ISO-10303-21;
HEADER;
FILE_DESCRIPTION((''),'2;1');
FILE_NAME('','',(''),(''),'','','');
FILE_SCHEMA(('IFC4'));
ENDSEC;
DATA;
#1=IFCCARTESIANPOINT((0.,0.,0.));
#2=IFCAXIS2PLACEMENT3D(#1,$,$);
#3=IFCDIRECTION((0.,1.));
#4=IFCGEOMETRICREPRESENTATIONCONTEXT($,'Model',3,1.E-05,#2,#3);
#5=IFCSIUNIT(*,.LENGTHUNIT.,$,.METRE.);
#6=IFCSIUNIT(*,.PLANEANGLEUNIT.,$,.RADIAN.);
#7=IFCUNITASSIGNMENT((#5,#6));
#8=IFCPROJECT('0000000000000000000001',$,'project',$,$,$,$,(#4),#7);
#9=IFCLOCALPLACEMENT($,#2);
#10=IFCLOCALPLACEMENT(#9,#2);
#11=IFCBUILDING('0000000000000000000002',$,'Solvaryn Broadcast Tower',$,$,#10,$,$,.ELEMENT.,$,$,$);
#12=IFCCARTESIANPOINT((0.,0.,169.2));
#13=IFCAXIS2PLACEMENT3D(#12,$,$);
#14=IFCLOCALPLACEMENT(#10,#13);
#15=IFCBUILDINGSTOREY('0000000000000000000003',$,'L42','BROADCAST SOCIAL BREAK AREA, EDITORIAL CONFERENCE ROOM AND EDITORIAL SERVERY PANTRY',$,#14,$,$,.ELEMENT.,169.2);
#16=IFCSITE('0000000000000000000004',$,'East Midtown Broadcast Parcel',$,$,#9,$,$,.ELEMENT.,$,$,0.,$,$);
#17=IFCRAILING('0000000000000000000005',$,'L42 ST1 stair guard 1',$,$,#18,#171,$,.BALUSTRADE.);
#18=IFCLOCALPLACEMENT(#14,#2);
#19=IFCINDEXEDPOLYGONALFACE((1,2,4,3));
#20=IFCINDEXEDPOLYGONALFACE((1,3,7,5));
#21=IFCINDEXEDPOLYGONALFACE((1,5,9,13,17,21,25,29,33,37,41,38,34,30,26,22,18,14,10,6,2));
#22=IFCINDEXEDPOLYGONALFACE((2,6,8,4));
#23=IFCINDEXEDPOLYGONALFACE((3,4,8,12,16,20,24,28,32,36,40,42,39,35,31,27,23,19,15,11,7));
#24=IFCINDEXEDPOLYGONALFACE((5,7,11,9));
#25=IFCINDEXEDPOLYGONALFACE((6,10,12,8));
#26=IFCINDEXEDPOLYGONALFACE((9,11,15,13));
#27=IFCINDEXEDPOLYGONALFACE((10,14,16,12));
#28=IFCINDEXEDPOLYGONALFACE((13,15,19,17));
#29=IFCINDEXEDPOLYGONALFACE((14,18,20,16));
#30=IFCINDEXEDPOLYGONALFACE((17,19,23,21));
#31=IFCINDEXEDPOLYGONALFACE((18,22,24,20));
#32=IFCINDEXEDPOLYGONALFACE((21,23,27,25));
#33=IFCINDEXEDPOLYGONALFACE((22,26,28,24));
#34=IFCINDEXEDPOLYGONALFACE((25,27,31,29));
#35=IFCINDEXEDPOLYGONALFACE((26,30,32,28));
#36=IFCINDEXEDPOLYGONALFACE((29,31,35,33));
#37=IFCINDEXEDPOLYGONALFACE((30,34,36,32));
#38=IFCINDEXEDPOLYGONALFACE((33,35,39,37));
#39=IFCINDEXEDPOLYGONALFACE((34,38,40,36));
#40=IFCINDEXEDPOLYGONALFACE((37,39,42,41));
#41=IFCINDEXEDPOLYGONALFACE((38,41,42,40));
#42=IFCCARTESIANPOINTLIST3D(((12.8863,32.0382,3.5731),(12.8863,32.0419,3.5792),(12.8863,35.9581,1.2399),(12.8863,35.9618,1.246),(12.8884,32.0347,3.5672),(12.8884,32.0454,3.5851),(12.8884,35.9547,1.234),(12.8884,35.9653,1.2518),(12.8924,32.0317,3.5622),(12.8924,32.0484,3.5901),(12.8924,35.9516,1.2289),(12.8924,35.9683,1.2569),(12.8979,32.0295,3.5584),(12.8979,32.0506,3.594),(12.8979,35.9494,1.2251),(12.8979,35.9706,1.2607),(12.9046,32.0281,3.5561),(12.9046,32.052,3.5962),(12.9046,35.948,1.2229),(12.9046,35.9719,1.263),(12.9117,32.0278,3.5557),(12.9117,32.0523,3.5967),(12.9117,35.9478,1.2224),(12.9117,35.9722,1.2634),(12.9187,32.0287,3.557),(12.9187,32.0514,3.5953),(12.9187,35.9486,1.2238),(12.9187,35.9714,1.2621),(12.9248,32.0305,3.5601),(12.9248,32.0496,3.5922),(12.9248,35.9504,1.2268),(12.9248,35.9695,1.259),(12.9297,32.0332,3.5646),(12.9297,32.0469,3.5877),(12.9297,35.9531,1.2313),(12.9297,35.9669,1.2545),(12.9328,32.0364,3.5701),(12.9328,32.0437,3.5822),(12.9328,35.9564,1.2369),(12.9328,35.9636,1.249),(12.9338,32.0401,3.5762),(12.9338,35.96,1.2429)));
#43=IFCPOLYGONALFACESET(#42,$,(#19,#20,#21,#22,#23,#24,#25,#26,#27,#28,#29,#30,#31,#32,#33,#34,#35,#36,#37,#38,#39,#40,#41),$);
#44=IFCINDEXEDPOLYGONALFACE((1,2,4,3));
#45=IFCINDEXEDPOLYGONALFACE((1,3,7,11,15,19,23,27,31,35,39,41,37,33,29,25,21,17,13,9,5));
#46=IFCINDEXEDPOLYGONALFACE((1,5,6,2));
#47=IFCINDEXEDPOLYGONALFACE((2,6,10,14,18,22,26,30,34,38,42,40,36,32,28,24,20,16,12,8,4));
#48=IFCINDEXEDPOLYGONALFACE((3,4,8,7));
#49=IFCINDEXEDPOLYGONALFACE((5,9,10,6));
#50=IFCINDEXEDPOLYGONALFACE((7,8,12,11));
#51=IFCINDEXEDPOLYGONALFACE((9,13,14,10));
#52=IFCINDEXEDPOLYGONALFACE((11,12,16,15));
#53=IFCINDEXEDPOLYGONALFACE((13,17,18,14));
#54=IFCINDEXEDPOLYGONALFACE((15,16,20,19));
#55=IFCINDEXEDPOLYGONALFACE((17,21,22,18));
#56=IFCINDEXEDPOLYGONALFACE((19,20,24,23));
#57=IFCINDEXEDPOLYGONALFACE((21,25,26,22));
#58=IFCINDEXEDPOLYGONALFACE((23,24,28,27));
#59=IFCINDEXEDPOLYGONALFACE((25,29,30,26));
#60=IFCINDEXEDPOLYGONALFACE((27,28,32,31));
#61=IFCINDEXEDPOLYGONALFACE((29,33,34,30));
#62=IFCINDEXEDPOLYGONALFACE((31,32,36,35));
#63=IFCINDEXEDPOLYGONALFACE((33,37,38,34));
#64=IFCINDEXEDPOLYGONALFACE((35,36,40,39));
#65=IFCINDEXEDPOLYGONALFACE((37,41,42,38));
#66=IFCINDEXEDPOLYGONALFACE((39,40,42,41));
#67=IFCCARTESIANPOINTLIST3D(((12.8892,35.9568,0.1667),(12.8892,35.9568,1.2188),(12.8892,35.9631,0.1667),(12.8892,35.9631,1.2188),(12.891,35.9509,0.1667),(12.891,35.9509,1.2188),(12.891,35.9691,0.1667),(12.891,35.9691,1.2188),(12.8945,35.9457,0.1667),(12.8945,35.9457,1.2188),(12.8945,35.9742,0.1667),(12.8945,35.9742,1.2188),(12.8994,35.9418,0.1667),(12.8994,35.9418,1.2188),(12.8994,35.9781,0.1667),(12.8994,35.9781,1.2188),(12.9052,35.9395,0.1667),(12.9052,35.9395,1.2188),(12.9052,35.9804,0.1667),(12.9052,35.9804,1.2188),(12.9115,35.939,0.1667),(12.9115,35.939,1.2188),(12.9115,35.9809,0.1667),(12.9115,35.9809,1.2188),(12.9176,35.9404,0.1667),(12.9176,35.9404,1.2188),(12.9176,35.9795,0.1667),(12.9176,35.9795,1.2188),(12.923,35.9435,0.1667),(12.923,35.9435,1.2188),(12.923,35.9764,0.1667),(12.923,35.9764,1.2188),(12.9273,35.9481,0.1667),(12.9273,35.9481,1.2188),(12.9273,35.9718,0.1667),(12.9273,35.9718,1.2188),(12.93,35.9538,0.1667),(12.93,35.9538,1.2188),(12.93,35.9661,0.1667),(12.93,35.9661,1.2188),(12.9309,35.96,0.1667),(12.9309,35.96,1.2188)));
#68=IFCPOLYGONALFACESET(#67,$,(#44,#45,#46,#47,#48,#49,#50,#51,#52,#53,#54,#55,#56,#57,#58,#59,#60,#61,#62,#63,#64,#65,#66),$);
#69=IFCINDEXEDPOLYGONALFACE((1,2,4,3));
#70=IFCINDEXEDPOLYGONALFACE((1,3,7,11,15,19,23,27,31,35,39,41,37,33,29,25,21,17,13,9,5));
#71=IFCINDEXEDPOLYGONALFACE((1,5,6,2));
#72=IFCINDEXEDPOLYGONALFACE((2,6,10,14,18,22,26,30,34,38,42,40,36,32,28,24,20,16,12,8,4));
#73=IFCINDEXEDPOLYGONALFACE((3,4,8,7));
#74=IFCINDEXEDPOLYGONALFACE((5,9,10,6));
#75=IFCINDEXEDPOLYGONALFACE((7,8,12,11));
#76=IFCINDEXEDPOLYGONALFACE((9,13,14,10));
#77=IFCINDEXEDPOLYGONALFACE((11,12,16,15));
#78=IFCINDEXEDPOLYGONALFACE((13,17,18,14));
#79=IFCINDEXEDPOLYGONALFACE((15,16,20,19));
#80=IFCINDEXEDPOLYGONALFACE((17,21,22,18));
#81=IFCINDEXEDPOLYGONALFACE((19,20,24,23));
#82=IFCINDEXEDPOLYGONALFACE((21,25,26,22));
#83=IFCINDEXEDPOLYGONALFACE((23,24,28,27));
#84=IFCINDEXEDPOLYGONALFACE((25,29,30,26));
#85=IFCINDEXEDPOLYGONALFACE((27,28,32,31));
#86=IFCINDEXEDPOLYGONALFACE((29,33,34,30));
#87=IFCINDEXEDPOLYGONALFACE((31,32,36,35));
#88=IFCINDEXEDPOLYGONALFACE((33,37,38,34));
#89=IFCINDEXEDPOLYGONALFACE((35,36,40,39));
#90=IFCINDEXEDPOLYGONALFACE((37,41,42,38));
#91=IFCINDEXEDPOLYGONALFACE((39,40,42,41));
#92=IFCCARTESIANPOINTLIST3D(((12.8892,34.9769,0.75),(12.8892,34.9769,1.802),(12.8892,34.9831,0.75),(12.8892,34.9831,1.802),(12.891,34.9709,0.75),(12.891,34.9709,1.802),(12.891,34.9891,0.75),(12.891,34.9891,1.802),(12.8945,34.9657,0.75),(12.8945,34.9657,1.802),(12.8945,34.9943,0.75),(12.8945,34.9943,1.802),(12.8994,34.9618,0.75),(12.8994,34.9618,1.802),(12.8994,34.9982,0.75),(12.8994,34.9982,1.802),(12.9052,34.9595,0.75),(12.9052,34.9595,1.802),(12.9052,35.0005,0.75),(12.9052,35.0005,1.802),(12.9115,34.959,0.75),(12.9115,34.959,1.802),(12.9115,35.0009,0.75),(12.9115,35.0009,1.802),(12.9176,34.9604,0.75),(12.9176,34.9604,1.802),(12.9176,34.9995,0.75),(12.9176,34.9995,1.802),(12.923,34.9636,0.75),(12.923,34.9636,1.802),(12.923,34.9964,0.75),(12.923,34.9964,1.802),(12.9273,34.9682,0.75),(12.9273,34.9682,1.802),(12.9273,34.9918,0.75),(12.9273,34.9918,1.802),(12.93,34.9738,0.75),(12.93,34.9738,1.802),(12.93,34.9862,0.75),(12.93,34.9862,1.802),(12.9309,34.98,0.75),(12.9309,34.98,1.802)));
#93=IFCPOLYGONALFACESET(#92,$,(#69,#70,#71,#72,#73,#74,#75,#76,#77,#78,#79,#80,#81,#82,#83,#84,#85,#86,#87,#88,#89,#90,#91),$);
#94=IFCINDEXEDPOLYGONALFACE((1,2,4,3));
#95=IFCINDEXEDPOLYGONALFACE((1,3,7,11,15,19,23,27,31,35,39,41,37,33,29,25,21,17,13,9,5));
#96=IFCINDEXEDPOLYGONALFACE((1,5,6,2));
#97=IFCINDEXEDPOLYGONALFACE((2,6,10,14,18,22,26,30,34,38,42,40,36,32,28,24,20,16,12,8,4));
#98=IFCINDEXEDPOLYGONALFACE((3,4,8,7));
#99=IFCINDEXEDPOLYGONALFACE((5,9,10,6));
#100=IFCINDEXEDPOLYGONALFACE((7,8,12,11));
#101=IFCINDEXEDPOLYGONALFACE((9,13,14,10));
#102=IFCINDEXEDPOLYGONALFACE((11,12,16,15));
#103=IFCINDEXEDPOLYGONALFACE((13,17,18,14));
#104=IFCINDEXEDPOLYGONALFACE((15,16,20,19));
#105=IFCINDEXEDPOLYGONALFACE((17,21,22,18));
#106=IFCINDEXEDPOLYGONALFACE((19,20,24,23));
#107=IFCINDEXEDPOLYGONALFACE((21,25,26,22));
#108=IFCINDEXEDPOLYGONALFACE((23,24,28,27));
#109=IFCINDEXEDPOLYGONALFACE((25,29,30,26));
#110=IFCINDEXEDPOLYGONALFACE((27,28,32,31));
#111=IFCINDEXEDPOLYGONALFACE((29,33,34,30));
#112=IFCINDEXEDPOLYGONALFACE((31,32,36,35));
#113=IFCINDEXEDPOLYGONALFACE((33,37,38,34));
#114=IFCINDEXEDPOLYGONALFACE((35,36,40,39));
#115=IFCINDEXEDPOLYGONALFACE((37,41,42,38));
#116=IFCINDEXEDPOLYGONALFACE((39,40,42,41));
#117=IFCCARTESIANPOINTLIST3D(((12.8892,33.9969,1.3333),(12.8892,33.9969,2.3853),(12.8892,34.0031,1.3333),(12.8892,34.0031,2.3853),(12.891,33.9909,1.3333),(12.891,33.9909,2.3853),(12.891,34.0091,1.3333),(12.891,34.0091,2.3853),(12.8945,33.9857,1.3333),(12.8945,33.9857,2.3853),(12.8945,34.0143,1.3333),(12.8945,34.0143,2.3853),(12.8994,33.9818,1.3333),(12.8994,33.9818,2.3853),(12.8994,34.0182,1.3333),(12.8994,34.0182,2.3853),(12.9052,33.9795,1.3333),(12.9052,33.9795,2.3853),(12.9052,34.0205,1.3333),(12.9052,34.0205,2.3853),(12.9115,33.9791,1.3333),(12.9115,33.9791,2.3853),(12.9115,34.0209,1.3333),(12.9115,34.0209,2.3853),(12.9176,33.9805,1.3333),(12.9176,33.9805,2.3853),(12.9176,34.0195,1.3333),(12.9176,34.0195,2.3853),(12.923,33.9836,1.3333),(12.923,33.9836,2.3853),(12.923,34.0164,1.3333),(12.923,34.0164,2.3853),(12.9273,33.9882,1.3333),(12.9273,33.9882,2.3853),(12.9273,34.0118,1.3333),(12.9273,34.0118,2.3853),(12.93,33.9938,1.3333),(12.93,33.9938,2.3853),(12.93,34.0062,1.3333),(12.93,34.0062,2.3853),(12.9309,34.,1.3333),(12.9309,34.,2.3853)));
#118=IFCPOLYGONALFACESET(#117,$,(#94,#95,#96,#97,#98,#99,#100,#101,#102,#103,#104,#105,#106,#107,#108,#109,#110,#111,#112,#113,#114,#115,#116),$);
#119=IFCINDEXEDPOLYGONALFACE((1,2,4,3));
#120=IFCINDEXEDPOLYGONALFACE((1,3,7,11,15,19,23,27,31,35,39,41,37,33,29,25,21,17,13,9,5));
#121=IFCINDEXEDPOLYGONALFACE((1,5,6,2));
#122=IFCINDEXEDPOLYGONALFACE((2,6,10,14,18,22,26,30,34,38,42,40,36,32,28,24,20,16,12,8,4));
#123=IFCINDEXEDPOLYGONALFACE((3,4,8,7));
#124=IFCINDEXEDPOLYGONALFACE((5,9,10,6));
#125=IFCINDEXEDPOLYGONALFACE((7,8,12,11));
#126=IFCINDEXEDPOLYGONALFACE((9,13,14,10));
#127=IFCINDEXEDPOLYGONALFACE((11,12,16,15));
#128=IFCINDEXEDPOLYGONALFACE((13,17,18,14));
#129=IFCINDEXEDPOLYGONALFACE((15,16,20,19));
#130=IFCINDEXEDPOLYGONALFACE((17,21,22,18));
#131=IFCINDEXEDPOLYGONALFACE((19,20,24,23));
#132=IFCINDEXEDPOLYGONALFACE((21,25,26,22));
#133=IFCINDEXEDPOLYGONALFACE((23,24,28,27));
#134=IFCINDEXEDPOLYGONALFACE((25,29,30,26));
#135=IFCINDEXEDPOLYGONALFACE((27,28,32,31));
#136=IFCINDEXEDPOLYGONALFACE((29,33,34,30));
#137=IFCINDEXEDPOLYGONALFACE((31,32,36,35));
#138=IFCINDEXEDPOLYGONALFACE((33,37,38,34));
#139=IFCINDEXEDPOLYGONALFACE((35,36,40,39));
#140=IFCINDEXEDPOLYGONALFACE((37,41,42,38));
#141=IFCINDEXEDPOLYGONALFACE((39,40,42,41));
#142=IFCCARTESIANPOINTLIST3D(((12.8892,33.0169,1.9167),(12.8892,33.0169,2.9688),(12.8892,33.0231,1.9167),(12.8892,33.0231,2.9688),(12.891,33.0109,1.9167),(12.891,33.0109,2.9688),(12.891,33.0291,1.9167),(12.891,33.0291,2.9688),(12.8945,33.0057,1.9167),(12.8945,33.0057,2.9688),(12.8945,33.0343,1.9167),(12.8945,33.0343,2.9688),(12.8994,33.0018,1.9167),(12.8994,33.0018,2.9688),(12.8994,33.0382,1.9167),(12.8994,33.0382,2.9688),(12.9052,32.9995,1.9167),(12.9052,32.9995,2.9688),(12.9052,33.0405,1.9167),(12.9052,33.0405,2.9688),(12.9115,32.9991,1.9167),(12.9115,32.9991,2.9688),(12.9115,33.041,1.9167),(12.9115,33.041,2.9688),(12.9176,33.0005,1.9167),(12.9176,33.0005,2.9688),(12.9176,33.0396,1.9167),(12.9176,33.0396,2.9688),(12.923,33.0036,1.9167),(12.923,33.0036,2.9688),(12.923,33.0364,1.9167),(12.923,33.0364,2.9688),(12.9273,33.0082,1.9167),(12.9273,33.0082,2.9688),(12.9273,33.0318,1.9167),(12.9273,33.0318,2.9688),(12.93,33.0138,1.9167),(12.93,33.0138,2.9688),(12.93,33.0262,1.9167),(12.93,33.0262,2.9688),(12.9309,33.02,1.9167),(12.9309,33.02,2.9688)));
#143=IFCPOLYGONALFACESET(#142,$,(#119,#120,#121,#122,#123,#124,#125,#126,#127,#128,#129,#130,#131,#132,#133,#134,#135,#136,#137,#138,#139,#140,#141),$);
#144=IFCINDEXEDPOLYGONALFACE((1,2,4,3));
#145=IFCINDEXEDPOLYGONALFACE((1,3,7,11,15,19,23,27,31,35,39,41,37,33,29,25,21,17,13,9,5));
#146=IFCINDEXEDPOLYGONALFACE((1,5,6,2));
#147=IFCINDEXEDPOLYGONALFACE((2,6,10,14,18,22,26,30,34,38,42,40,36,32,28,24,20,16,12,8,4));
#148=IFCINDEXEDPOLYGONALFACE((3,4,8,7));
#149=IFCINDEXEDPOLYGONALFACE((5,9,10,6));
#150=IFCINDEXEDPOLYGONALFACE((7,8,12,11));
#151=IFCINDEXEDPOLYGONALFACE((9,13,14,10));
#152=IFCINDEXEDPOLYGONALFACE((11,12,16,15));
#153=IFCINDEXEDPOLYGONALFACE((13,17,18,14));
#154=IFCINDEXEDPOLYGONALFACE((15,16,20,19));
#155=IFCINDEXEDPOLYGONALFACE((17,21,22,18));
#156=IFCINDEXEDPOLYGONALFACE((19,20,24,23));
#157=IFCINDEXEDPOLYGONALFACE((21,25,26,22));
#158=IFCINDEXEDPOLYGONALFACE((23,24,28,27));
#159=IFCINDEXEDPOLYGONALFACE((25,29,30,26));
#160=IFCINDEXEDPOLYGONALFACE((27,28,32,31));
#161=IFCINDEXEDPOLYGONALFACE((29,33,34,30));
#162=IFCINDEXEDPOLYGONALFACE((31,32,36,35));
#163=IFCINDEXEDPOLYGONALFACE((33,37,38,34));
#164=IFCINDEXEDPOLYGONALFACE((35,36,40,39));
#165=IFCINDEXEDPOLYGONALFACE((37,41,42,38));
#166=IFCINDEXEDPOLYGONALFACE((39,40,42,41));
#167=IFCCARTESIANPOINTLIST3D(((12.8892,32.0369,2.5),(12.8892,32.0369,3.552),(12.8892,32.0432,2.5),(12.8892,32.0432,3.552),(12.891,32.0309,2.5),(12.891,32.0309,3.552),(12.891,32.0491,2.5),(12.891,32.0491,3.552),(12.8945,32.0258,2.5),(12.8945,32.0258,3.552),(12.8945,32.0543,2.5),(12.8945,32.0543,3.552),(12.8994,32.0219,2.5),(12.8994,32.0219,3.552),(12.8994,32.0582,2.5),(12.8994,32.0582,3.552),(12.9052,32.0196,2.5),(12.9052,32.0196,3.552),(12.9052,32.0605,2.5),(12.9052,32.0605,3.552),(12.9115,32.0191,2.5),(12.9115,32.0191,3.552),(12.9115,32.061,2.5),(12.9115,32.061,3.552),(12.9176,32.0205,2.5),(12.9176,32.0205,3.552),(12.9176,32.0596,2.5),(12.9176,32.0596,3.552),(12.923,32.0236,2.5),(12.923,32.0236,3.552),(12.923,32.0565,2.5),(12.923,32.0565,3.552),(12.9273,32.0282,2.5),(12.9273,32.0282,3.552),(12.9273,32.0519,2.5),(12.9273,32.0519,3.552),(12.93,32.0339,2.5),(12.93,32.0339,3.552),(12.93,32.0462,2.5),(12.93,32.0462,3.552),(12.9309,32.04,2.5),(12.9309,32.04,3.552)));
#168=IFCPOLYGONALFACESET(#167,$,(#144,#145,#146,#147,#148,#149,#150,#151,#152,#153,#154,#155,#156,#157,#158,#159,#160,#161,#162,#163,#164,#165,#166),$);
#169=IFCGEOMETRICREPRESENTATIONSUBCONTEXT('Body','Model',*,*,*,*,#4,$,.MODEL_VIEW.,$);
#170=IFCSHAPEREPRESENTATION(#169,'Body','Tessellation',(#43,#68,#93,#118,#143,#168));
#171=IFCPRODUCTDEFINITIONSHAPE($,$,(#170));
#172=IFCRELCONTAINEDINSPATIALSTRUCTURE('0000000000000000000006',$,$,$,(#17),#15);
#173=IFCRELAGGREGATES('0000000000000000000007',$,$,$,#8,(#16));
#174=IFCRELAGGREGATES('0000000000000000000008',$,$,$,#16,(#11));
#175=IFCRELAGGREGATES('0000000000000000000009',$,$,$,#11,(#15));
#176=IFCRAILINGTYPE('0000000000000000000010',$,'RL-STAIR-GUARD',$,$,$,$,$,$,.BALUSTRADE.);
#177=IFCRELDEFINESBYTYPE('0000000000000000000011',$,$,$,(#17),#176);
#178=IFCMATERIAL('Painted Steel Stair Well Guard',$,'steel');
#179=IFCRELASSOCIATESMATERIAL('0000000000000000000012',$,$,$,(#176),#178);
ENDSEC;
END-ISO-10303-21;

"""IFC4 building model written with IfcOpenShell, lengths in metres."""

from ifc_helpers import new_model, si_unit, direction, frame, origin, origin_2d, place, context, subcontext, project, spatial, circle, extrude, material, type_object, element, save


model = new_model("IFC4")

# Units and contexts
model_context = context("Model", 3, precision=1e-05, world=origin(), true_north=direction((0.0, 1.0)))
body_context = subcontext(model_context, "Body", "Model", "MODEL_VIEW")
ifc_project = project(units=[si_unit("LENGTHUNIT", "METRE"), si_unit("PLANEANGLEUNIT", "RADIAN")], contexts=[model_context])

# Site, building, storey
site_placement = place(None, origin())
site = spatial("IfcSite", under=ifc_project, at=site_placement, Name="East Midtown Broadcast Parcel", CompositionType="ELEMENT", RefElevation=0.0)
building_placement = place(site_placement, origin())
building = spatial("IfcBuilding", under=site, at=building_placement, Name="Solvaryn Broadcast Tower", CompositionType="ELEMENT")
storey_placement = place(building_placement, frame((0.0, 0.0, 169.2)))
storey = spatial("IfcBuildingStorey", under=building, at=storey_placement, Name="L42", Description="BROADCAST SOCIAL BREAK AREA, EDITORIAL CONFERENCE ROOM AND EDITORIAL SERVERY PANTRY", CompositionType="ELEMENT", Elevation=169.2)

# Railing
ifc_material_1 = material(Name="Painted Steel Stair Well Guard", Category="steel")
railing_type_1 = type_object("IfcRailingType", Name="RL-STAIR-GUARD", PredefinedType="BALUSTRADE", material=ifc_material_1)
railing_1_placement = place(storey_placement, frame((12.9099, 35.96, 0.1667)))
element("IfcRailing", 1, at=railing_1_placement, inside=storey, type_object=railing_type_1, Name="L42 ST1 stair guard 1", PredefinedType="BALUSTRADE", context=body_context, shape_type="SweptSolid", body=[
    extrude(circle(Radius=0.0239, at=origin_2d()), frame((0.0, 0.0, 1.0762), z_axis=(0.0, -0.859296, 0.511478), x_axis=(1.0, 0.0, 0.0)), (0.0, 0.0, 1.0), 4.5618),
    extrude(circle(Radius=0.021, at=origin_2d()), origin(), (0.0, 0.0, 1.0), 1.052),
    extrude(circle(Radius=0.021, at=origin_2d()), frame((0.0, -0.98, 0.5833)), (0.0, 0.0, 1.0), 1.052),
    extrude(circle(Radius=0.021, at=origin_2d()), frame((0.0, -1.96, 1.1665)), (0.0, 0.0, 1.0), 1.052),
    extrude(circle(Radius=0.021, at=origin_2d()), frame((0.0, -2.9399, 1.75)), (0.0, 0.0, 1.0), 1.052),
    extrude(circle(Radius=0.021, at=origin_2d()), frame((0.0, -3.9199, 2.3333)), (0.0, 0.0, 1.0), 1.052),
])

save(model, "model.ifc")
